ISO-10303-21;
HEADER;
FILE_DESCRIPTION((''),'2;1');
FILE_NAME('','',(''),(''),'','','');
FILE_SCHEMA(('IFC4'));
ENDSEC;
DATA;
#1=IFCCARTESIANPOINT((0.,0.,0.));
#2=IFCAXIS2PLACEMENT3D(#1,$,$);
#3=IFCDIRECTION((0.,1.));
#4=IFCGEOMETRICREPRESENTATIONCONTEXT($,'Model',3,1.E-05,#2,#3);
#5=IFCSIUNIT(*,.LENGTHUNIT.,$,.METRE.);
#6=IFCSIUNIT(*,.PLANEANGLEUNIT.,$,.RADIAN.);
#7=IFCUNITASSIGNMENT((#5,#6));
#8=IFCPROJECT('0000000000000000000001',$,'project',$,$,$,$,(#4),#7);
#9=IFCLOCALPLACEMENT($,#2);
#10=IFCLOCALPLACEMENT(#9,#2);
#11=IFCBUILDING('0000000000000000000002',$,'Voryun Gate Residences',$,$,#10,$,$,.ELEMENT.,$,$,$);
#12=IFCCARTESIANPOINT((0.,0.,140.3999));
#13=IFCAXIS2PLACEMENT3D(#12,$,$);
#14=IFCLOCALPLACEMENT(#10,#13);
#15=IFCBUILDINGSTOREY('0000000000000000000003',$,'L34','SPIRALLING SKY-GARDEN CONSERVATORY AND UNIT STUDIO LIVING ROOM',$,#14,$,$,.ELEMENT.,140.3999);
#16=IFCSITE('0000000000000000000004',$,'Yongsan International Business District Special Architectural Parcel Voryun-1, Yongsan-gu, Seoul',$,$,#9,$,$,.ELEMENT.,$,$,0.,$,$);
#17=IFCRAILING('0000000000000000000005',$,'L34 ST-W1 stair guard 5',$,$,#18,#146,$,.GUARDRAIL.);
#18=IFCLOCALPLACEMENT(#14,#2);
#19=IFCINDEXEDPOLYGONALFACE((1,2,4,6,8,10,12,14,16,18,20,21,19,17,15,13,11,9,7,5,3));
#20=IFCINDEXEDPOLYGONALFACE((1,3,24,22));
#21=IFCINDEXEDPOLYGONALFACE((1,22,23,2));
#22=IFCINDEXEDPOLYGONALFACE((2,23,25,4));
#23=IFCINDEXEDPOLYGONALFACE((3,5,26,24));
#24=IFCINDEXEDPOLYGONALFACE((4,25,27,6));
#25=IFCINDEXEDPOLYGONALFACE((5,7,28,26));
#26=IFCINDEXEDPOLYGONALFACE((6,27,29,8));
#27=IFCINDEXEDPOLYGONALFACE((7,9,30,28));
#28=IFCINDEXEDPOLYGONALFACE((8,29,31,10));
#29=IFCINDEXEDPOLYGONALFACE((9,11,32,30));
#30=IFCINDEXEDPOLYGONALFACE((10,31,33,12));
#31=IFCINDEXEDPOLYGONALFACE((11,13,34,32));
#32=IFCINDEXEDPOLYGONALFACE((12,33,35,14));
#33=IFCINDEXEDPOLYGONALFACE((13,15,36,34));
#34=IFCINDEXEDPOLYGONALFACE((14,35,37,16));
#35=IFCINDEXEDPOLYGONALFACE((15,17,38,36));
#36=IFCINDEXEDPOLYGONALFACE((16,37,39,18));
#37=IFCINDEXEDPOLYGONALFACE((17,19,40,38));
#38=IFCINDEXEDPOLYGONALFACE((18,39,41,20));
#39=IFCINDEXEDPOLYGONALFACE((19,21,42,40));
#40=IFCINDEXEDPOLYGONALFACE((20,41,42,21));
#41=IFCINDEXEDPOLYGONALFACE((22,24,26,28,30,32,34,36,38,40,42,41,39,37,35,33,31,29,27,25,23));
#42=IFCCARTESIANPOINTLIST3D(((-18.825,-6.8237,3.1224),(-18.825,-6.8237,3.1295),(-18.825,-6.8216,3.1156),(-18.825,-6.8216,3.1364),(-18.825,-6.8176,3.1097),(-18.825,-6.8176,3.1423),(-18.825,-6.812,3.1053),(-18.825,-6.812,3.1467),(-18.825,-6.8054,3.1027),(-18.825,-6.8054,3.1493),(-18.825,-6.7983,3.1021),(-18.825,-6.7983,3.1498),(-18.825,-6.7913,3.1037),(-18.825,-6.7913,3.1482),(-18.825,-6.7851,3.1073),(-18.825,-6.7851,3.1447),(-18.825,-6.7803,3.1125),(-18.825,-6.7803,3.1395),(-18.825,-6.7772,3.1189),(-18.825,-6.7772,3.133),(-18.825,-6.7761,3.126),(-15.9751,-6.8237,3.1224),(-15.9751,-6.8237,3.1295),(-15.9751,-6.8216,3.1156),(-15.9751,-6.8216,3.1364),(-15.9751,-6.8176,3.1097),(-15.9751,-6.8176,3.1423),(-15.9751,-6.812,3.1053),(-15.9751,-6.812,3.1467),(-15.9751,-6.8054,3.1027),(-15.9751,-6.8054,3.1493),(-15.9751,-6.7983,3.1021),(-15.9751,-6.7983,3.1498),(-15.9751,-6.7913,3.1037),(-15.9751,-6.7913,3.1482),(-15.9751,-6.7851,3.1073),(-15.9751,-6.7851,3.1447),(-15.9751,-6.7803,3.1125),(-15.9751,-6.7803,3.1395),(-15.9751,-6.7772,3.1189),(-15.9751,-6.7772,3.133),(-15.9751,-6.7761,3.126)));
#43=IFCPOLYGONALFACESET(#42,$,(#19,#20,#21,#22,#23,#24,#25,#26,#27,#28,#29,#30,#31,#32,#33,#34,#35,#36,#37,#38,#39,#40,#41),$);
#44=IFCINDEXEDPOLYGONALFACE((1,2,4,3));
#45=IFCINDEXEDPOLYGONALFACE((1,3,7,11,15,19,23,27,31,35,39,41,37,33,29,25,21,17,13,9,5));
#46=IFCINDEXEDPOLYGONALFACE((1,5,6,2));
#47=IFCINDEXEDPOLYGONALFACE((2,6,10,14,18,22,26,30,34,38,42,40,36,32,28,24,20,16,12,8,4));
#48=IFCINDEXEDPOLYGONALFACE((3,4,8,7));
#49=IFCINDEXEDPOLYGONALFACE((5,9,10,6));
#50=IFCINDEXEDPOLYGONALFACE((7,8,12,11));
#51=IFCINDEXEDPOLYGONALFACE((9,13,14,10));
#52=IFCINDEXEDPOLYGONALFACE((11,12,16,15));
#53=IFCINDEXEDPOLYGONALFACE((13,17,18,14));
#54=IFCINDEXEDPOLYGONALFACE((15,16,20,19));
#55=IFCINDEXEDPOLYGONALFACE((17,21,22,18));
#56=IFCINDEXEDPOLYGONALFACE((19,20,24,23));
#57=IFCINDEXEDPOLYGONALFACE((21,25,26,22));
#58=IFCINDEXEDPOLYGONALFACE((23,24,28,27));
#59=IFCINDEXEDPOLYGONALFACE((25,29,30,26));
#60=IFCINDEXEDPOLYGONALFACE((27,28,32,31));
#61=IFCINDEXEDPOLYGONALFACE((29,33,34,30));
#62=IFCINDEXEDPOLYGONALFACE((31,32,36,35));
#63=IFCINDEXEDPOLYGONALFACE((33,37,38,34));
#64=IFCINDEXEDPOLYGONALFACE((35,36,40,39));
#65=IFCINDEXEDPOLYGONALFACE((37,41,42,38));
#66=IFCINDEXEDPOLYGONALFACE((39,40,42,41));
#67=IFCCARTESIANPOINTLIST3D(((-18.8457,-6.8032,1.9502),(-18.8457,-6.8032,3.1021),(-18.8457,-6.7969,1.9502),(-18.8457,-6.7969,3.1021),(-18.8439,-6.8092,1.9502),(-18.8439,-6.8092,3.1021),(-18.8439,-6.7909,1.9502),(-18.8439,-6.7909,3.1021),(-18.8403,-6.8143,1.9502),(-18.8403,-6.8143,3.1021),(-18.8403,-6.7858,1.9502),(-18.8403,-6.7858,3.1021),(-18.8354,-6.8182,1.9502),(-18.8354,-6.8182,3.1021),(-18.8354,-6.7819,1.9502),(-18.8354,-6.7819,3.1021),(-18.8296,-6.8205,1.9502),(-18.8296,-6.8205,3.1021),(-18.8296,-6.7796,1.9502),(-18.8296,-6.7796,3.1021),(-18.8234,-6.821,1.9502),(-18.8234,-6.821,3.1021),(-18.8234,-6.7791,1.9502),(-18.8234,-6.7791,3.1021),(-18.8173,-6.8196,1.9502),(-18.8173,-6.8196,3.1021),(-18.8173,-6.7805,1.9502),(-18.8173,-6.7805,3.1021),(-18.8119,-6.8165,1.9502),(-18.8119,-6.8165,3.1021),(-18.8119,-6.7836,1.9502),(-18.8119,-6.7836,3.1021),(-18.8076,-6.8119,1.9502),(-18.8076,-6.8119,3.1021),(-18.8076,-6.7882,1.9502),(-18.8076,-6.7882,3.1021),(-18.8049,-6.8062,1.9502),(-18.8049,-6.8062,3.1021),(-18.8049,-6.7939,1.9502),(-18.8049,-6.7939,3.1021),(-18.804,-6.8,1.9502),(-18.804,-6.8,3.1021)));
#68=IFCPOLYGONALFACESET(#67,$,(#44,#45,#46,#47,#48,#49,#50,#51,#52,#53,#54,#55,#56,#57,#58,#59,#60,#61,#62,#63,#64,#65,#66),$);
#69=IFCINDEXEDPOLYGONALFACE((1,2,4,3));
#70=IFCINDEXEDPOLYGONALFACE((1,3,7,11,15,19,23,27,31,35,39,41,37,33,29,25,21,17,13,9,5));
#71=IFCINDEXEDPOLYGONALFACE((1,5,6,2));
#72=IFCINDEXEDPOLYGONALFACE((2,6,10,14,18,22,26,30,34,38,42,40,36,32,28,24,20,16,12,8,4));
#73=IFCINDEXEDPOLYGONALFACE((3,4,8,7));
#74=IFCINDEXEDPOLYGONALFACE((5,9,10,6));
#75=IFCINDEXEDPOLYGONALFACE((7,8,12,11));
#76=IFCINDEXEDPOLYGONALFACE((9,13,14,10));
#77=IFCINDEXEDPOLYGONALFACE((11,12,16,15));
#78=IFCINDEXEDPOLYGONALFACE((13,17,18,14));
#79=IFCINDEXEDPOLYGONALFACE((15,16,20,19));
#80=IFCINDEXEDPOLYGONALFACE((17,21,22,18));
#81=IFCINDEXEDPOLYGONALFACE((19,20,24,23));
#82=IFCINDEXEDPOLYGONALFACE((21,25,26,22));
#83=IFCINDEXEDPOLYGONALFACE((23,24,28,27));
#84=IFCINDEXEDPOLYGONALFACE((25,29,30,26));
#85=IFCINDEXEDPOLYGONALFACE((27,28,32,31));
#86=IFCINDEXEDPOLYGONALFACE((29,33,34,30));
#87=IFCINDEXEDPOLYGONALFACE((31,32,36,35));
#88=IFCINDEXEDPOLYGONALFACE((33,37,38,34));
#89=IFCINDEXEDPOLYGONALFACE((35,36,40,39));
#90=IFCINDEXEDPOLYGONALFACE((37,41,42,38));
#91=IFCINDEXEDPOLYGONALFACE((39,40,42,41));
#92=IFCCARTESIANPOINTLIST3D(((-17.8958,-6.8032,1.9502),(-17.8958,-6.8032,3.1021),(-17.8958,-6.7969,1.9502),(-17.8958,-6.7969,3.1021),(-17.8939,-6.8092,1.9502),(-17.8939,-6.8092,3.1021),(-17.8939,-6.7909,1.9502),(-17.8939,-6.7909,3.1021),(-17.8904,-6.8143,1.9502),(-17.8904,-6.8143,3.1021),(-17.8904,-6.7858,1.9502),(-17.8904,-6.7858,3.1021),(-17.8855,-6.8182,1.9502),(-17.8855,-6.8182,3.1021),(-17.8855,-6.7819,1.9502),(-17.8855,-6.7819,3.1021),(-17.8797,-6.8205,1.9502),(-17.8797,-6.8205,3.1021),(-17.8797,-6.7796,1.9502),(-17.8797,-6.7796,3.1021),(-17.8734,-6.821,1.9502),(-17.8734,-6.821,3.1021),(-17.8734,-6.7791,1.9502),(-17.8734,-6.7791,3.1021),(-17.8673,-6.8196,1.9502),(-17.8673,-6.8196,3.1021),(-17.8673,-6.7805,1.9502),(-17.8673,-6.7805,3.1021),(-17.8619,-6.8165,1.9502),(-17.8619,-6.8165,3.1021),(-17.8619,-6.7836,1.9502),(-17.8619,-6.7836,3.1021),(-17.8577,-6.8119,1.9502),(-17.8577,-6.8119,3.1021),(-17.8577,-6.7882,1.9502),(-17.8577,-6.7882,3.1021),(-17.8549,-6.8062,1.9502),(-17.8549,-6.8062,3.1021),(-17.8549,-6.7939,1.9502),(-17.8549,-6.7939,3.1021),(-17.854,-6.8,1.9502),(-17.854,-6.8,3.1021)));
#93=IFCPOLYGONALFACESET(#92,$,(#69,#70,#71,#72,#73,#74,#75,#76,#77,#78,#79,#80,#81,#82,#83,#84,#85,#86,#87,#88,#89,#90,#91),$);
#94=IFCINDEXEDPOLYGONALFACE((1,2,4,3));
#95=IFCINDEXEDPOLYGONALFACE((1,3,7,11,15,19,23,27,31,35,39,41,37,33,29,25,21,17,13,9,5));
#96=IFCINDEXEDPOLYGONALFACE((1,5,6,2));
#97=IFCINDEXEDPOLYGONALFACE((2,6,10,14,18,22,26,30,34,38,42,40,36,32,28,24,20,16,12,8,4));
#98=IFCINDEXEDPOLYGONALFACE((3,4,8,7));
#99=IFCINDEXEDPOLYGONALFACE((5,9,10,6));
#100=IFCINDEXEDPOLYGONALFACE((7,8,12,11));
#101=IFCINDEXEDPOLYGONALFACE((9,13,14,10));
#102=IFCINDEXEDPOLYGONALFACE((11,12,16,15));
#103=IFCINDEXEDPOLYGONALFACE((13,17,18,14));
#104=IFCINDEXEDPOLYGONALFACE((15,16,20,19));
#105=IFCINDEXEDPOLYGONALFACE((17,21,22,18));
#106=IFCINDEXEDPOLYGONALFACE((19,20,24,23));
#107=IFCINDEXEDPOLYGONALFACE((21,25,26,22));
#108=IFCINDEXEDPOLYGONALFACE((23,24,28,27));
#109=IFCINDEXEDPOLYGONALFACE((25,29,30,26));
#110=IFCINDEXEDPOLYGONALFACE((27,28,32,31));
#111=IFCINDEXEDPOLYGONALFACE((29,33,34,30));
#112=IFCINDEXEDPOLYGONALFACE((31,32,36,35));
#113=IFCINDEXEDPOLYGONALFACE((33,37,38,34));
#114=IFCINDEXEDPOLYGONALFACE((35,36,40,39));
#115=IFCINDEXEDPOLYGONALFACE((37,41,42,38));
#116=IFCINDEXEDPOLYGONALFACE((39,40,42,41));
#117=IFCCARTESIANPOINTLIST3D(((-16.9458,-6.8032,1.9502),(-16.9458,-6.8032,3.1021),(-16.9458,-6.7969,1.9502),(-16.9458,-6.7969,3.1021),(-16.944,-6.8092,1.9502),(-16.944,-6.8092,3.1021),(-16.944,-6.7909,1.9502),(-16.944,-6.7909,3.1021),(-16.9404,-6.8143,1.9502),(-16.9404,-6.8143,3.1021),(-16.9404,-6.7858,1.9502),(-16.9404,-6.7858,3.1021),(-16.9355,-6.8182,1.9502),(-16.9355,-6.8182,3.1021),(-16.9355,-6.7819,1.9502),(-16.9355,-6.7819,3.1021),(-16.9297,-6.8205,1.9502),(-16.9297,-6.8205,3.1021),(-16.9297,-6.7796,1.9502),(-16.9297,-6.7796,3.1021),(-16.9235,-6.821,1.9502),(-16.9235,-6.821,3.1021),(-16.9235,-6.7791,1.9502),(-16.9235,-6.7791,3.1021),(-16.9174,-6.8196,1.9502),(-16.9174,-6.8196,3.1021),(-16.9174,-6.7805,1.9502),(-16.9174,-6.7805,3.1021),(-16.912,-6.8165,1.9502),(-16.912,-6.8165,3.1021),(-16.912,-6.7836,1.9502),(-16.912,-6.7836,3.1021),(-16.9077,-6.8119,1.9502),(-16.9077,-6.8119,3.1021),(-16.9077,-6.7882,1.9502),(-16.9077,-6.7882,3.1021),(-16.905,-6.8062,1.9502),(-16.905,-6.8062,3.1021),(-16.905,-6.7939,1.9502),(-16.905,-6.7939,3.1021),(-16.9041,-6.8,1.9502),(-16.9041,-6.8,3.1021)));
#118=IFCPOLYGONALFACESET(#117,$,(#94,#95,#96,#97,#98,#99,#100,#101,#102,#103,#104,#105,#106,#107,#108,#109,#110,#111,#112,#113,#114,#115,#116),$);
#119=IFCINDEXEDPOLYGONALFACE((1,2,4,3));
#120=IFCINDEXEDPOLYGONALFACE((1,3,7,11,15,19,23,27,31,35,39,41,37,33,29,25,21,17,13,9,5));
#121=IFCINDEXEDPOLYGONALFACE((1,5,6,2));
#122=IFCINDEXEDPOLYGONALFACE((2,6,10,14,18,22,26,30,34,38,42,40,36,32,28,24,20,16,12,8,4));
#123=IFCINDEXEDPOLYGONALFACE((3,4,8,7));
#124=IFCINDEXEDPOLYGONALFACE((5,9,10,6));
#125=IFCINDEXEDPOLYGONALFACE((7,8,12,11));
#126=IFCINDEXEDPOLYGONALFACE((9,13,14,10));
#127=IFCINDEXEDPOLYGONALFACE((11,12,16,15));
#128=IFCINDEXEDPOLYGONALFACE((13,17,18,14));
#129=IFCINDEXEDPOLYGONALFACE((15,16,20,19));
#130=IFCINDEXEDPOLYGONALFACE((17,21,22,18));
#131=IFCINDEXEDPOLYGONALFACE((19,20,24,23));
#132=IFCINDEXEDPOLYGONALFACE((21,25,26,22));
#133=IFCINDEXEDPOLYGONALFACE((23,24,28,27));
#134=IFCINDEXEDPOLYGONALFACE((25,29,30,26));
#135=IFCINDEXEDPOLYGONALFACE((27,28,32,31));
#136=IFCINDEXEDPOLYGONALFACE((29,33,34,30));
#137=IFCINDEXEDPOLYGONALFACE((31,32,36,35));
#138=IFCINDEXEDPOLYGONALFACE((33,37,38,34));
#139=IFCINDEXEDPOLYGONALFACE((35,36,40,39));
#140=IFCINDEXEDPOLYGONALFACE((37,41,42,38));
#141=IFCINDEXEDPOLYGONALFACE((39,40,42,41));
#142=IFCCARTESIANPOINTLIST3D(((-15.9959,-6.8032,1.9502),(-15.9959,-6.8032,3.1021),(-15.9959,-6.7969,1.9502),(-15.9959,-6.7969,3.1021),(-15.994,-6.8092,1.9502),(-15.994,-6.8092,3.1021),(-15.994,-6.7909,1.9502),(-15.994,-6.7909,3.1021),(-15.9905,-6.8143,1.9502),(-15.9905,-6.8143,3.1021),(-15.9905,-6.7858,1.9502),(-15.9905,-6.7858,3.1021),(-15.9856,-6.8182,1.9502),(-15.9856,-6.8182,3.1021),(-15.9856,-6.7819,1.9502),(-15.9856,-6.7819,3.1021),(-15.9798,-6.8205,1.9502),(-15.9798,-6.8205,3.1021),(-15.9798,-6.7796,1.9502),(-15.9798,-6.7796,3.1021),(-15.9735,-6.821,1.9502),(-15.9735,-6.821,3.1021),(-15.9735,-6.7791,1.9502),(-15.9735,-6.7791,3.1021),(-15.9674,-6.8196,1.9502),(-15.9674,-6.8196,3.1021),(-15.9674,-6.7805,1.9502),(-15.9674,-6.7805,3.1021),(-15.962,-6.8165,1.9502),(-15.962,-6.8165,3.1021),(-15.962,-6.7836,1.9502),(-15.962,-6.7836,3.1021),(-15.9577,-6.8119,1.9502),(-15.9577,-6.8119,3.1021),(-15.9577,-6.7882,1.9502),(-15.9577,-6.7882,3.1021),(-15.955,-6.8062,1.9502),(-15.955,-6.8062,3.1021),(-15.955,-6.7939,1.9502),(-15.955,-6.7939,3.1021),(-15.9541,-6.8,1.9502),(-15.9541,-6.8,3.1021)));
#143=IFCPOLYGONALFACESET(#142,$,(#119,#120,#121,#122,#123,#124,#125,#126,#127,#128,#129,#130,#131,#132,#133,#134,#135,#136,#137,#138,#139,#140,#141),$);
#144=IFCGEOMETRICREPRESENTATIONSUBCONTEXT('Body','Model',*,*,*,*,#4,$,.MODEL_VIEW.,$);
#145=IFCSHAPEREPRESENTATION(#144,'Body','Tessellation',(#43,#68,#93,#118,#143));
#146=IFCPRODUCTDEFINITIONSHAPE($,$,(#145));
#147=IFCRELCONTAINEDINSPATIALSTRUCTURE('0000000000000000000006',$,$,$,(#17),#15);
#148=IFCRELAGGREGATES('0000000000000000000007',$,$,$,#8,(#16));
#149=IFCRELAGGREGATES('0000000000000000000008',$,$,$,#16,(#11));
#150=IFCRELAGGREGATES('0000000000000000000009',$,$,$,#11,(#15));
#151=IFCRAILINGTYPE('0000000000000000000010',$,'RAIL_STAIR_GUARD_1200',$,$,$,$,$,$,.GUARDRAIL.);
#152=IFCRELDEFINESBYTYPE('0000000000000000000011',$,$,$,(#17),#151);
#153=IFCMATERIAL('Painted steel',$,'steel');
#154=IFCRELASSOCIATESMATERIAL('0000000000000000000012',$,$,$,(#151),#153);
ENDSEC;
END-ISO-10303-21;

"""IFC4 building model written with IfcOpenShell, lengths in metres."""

from ifc_helpers import new_model, si_unit, direction, frame, origin, origin_2d, place, context, subcontext, project, spatial, circle, extrude, material, type_object, element, save


model = new_model("IFC4")

# Units and contexts
model_context = context("Model", 3, precision=1e-05, world=origin(), true_north=direction((0.0, 1.0)))
body_context = subcontext(model_context, "Body", "Model", "MODEL_VIEW")
ifc_project = project(units=[si_unit("LENGTHUNIT", "METRE"), si_unit("PLANEANGLEUNIT", "RADIAN")], contexts=[model_context])

# Site, building, storey
site_placement = place(None, origin())
site = spatial("IfcSite", under=ifc_project, at=site_placement, Name="Yongsan International Business District Special Architectural Parcel Voryun-1, Yongsan-gu, Seoul", CompositionType="ELEMENT", RefElevation=0.0)
building_placement = place(site_placement, origin())
building = spatial("IfcBuilding", under=site, at=building_placement, Name="Voryun Gate Residences", CompositionType="ELEMENT")
storey_placement = place(building_placement, frame((0.0, 0.0, 140.3999)))
storey = spatial("IfcBuildingStorey", under=building, at=storey_placement, Name="L34", Description="SPIRALLING SKY-GARDEN CONSERVATORY AND UNIT STUDIO LIVING ROOM", CompositionType="ELEMENT", Elevation=140.3999)

# Railing
ifc_material_1 = material(Name="Painted steel", Category="steel")
railing_type_1 = type_object("IfcRailingType", Name="RAIL_STAIR_GUARD_1200", PredefinedType="GUARDRAIL", material=ifc_material_1)
railing_1_placement = place(storey_placement, frame((-18.825, -6.8, 1.9502)))
element("IfcRailing", 1, at=railing_1_placement, inside=storey, type_object=railing_type_1, Name="L34 ST-W1 stair guard 5", PredefinedType="GUARDRAIL", context=body_context, shape_type="SweptSolid", body=[
    extrude(circle(Radius=0.0239, at=origin_2d()), frame((0.0, 0.0, 1.1758), z_axis=(1.0, 0.0, 0.0), x_axis=(0.0, 1.0, 0.0)), (0.0, 0.0, 1.0), 2.8499),
    extrude(circle(Radius=0.021, at=origin_2d()), origin(), (0.0, 0.0, 1.0), 1.1519),
    extrude(circle(Radius=0.021, at=origin_2d()), frame((0.95, 0.0, 0.0)), (0.0, 0.0, 1.0), 1.1519),
    extrude(circle(Radius=0.021, at=origin_2d()), frame((1.8999, 0.0, 0.0)), (0.0, 0.0, 1.0), 1.1519),
    extrude(circle(Radius=0.021, at=origin_2d()), frame((2.8499, 0.0, 0.0)), (0.0, 0.0, 1.0), 1.1519),
])

save(model, "model.ifc")
